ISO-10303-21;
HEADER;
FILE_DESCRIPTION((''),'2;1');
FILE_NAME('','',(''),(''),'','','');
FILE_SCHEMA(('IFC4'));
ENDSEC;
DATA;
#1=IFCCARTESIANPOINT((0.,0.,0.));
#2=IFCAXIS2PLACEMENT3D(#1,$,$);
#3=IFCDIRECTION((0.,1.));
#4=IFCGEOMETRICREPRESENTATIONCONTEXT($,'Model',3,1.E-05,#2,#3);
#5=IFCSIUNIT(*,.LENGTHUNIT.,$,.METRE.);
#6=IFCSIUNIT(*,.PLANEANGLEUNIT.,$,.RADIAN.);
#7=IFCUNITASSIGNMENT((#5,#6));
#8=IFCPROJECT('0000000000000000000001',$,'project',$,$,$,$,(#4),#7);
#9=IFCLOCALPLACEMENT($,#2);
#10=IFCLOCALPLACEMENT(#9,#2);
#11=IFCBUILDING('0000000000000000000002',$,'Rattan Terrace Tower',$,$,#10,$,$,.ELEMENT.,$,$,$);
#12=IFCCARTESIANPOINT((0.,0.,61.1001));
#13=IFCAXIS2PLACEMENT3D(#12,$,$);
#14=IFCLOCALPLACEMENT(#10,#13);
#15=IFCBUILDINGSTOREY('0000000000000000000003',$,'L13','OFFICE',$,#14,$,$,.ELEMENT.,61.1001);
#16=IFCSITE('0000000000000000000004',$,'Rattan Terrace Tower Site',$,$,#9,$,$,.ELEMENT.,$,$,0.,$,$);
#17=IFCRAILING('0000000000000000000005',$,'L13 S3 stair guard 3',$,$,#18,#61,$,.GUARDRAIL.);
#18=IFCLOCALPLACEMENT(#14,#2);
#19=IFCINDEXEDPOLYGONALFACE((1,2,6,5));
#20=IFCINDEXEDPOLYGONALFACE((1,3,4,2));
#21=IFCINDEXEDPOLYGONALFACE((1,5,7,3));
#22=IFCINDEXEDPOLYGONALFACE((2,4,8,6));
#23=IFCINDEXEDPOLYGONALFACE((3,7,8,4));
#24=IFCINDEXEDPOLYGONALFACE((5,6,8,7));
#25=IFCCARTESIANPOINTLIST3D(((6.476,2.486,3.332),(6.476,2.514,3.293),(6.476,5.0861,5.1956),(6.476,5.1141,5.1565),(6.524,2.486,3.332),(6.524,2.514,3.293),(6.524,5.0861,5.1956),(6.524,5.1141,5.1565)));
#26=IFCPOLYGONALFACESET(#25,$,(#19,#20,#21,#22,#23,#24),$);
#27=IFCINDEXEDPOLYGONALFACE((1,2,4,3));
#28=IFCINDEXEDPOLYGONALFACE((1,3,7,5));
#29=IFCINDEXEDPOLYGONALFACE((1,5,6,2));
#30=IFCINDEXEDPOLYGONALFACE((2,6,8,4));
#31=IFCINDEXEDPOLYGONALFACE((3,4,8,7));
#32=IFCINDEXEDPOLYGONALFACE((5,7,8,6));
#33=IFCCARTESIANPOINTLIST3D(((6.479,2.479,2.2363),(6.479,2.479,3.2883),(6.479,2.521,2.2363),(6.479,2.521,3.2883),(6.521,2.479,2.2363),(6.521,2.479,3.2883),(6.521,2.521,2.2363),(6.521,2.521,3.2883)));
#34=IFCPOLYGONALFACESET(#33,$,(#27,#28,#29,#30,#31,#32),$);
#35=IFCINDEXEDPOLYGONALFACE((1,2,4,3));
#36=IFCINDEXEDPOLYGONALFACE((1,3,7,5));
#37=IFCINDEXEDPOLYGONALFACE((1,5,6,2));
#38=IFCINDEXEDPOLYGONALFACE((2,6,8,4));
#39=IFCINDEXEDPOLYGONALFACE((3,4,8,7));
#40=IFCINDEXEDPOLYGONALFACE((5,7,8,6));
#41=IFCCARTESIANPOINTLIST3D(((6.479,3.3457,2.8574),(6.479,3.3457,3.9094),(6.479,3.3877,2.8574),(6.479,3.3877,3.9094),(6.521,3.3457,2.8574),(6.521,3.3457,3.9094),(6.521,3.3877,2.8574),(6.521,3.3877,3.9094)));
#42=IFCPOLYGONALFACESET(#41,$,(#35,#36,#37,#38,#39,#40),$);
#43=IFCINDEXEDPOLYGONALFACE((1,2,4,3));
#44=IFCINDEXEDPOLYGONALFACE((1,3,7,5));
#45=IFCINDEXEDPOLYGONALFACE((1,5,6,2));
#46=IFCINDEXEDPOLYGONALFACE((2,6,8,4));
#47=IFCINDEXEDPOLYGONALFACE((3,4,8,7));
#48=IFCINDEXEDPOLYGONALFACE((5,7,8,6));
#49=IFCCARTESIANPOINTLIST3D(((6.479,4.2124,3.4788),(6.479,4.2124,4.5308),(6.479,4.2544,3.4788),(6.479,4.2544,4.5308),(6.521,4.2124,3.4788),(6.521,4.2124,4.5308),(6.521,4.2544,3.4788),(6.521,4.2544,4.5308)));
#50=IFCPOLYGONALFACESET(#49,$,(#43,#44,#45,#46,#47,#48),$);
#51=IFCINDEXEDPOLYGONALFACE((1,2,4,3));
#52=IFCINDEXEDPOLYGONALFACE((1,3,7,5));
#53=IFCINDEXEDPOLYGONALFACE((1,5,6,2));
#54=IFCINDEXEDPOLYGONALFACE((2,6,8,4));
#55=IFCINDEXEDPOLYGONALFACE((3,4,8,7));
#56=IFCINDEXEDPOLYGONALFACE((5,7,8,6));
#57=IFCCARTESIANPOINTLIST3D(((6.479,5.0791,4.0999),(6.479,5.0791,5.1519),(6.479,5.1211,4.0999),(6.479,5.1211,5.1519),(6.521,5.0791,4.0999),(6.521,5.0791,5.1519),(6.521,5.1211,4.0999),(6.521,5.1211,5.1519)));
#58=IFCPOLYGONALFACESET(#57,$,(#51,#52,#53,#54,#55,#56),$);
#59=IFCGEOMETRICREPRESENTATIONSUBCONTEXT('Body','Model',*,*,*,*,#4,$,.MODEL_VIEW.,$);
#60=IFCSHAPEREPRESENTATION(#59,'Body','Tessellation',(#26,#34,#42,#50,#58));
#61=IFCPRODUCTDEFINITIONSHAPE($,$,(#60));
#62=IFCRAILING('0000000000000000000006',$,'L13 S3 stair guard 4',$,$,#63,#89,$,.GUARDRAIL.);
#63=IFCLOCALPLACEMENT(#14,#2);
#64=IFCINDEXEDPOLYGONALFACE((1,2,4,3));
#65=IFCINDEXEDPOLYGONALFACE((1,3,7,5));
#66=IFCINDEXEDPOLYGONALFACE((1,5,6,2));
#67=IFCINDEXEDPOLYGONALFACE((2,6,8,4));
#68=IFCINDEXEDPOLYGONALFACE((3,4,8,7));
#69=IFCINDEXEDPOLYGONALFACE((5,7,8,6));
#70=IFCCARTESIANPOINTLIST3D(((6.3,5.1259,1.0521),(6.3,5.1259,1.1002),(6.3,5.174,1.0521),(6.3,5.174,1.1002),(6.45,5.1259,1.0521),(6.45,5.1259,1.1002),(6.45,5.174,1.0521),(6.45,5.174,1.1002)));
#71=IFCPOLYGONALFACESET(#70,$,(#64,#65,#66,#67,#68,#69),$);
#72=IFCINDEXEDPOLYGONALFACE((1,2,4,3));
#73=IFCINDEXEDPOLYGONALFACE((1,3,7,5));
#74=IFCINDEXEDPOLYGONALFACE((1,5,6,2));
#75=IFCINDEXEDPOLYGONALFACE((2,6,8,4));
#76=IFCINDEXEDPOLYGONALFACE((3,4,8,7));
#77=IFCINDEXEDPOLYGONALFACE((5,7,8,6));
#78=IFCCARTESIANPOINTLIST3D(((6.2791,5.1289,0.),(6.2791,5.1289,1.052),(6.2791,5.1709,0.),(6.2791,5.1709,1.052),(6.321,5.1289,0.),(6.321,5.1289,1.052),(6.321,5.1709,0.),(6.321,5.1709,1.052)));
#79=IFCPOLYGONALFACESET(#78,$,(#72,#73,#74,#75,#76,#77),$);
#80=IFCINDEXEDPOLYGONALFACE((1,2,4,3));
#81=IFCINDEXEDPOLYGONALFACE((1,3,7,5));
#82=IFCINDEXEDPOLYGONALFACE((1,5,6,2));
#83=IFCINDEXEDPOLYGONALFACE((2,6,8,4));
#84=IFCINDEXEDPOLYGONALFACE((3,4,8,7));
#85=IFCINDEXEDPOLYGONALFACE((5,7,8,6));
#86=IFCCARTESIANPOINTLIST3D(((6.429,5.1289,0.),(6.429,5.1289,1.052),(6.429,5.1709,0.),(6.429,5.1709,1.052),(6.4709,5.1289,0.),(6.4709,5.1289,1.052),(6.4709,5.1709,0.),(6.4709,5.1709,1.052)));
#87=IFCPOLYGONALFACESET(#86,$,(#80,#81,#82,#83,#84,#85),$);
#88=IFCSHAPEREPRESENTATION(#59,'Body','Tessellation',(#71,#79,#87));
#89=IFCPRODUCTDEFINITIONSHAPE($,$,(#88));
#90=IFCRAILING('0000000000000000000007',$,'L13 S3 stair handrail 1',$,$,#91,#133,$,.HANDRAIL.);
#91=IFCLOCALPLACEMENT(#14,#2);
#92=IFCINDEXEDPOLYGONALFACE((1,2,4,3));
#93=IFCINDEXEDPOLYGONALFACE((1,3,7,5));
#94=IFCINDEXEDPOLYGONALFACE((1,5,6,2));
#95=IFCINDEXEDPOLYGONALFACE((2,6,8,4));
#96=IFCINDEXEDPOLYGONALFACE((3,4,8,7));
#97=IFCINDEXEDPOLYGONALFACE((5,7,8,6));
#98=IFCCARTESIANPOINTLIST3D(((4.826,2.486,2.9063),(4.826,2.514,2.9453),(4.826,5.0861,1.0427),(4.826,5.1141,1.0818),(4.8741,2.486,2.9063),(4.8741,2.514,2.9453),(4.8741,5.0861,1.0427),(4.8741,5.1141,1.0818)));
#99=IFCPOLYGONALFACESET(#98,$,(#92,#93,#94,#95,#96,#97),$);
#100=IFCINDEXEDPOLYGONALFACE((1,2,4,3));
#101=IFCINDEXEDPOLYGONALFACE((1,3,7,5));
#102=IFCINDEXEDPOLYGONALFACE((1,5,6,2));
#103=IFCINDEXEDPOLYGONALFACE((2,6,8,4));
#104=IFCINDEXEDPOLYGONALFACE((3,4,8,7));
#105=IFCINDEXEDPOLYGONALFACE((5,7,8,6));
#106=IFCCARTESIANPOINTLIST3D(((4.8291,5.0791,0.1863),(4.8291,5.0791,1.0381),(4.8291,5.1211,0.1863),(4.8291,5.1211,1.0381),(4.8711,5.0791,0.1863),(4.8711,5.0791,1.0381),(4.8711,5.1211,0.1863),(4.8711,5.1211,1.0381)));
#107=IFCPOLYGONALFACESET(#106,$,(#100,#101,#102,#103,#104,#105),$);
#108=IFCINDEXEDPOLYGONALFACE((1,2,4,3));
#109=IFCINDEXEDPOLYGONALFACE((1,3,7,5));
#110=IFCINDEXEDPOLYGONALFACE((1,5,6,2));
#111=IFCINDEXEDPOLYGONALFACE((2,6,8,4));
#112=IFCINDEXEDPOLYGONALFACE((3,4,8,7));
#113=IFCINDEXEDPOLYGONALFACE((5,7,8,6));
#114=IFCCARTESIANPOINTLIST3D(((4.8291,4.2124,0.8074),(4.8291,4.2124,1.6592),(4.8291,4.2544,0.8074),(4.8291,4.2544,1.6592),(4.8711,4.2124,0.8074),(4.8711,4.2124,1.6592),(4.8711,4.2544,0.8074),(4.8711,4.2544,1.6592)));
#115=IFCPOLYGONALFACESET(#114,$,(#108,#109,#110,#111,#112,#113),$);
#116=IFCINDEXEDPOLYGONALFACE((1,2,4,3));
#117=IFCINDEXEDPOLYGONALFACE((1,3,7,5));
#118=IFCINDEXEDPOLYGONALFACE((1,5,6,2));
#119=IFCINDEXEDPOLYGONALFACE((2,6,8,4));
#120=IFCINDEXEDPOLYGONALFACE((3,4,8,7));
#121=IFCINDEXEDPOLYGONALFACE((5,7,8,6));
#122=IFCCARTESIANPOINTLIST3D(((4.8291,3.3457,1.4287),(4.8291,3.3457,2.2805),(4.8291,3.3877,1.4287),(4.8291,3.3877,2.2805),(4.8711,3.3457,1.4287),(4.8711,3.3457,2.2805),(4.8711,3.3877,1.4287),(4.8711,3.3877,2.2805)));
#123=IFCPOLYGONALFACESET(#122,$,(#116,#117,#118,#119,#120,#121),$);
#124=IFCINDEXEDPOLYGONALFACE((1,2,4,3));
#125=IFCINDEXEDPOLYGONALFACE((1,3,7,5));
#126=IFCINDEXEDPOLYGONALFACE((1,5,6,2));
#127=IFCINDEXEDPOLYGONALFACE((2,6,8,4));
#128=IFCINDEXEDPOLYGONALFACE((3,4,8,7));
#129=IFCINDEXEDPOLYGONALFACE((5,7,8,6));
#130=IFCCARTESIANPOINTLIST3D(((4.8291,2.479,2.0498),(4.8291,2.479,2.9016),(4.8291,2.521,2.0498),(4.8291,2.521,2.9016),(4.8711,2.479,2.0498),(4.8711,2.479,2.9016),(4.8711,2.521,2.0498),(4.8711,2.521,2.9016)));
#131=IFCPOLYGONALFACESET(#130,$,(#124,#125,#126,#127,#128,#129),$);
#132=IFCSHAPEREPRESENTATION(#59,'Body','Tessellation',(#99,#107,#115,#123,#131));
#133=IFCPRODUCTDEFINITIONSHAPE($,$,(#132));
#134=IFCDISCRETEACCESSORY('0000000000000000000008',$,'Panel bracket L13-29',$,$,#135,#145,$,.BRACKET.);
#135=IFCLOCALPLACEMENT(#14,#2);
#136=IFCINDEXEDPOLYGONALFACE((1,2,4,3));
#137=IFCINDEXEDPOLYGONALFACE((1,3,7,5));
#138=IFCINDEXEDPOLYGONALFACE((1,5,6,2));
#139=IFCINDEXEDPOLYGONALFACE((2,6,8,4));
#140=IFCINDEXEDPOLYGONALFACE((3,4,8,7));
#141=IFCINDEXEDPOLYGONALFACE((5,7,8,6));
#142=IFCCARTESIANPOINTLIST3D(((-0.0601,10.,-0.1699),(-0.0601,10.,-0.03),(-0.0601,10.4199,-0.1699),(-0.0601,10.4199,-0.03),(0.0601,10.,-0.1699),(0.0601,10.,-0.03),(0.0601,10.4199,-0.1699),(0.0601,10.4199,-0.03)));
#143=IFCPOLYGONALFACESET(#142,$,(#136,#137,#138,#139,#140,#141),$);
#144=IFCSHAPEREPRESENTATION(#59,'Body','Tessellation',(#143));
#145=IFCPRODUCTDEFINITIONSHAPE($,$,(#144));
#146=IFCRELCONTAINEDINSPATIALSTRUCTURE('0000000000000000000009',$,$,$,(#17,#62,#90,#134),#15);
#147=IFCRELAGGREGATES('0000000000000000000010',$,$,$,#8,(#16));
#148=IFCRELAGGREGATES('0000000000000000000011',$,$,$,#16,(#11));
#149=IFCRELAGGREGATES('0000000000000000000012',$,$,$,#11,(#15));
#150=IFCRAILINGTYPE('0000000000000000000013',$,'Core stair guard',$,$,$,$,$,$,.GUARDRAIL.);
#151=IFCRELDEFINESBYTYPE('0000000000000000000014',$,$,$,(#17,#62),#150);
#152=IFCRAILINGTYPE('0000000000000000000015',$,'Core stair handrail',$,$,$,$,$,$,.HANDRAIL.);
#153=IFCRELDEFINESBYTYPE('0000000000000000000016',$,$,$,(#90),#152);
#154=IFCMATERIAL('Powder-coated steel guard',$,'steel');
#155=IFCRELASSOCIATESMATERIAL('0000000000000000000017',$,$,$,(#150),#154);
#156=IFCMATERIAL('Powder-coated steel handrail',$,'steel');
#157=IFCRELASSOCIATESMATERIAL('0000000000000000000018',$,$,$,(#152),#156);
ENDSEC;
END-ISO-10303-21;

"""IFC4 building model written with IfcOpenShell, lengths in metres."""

from ifc_helpers import new_model, si_unit, direction, frame, origin, origin_2d, place, context, subcontext, project, spatial, rectangle, extrude, material, type_object, element, save


model = new_model("IFC4")

# Units and contexts
model_context = context("Model", 3, precision=1e-05, world=origin(), true_north=direction((0.0, 1.0)))
body_context = subcontext(model_context, "Body", "Model", "MODEL_VIEW")
ifc_project = project(units=[si_unit("LENGTHUNIT", "METRE"), si_unit("PLANEANGLEUNIT", "RADIAN")], contexts=[model_context])

# Site, building, storey
site_placement = place(None, origin())
site = spatial("IfcSite", under=ifc_project, at=site_placement, Name="Rattan Terrace Tower Site", CompositionType="ELEMENT", RefElevation=0.0)
building_placement = place(site_placement, origin())
building = spatial("IfcBuilding", under=site, at=building_placement, Name="Rattan Terrace Tower", CompositionType="ELEMENT")
storey_placement = place(building_placement, frame((0.0, 0.0, 61.1001)))
storey = spatial("IfcBuildingStorey", under=building, at=storey_placement, Name="L13", Description="OFFICE", CompositionType="ELEMENT", Elevation=61.1001)

# Railings
ifc_material_1 = material(Name="Powder-coated steel guard", Category="steel")
railing_type_1 = type_object("IfcRailingType", Name="Core stair guard", PredefinedType="GUARDRAIL", material=ifc_material_1)
railing_1_placement = place(storey_placement, frame((6.5, 2.5, 2.2363)))
element("IfcRailing", 1, at=railing_1_placement, inside=storey, type_object=railing_type_1, Name="L13 S3 stair guard 3", PredefinedType="GUARDRAIL", context=body_context, shape_type="SweptSolid", body=[
    extrude(rectangle(XDim=0.0481, YDim=0.0481, at=origin_2d()), frame((0.0, 0.0, 1.0762), z_axis=(0.0, 0.812799, 0.582544), x_axis=(-1.0, 0.0, 0.0)), (0.0, 0.0, 1.0), 3.199),
    extrude(rectangle(XDim=0.042, YDim=0.042, at=origin_2d()), origin(), (0.0, 0.0, 1.0), 1.052),
    extrude(rectangle(XDim=0.042, YDim=0.042, at=origin_2d()), frame((0.0, 0.8667, 0.6211)), (0.0, 0.0, 1.0), 1.052),
    extrude(rectangle(XDim=0.042, YDim=0.042, at=origin_2d()), frame((0.0, 1.7334, 1.2424)), (0.0, 0.0, 1.0), 1.052),
    extrude(rectangle(XDim=0.042, YDim=0.042, at=origin_2d()), frame((0.0, 2.6001, 1.8635)), (0.0, 0.0, 1.0), 1.052),
])
railing_2_placement = place(storey_placement, frame((6.3, 5.1499, 0.0)))
element("IfcRailing", 2, at=railing_2_placement, inside=storey, type_object=railing_type_1, Name="L13 S3 stair guard 4", PredefinedType="GUARDRAIL", context=body_context, shape_type="SweptSolid", body=[
    extrude(rectangle(XDim=0.0481, YDim=0.0481, at=origin_2d()), frame((0.0, 0.0, 1.0762), z_axis=(1.0, 0.0, 0.0), x_axis=(0.0, 1.0, 0.0)), (0.0, 0.0, 1.0), 0.1499),
    extrude(rectangle(XDim=0.042, YDim=0.042, at=origin_2d()), origin(), (0.0, 0.0, 1.0), 1.052),
    extrude(rectangle(XDim=0.042, YDim=0.042, at=origin_2d()), frame((0.1499, 0.0, 0.0)), (0.0, 0.0, 1.0), 1.052),
])
ifc_material_2 = material(Name="Powder-coated steel handrail", Category="steel")
railing_type_2 = type_object("IfcRailingType", Name="Core stair handrail", PredefinedType="HANDRAIL", material=ifc_material_2)
railing_3_placement = place(storey_placement, frame((4.8501, 5.1001, 0.1863)))
element("IfcRailing", 3, at=railing_3_placement, inside=storey, type_object=railing_type_2, Name="L13 S3 stair handrail 1", PredefinedType="HANDRAIL", context=body_context, shape_type="SweptSolid", body=[
    extrude(rectangle(XDim=0.0481, YDim=0.0481, at=origin_2d()), frame((0.0, 0.0, 0.876), z_axis=(0.0, -0.812799, 0.582544), x_axis=(1.0, 0.0, 0.0)), (0.0, 0.0, 1.0), 3.199),
    extrude(rectangle(XDim=0.042, YDim=0.042, at=origin_2d()), origin(), (0.0, 0.0, 1.0), 0.8518),
    extrude(rectangle(XDim=0.042, YDim=0.042, at=origin_2d()), frame((0.0, -0.8667, 0.6211)), (0.0, 0.0, 1.0), 0.8518),
    extrude(rectangle(XDim=0.042, YDim=0.042, at=origin_2d()), frame((0.0, -1.7334, 1.2424)), (0.0, 0.0, 1.0), 0.8518),
    extrude(rectangle(XDim=0.042, YDim=0.042, at=origin_2d()), frame((0.0, -2.6001, 1.8635)), (0.0, 0.0, 1.0), 0.8518),
])

# Discrete accessory
discrete_accessory_placement = place(storey_placement, frame((0.0, 10.21, -0.1699), z_axis=(0.0, 0.0, 1.0), x_axis=(-1.0, 0.0, 0.0)))
element("IfcDiscreteAccessory", 4, at=discrete_accessory_placement, inside=storey, Name="Panel bracket L13-29", PredefinedType="BRACKET", context=body_context, shape_type="SweptSolid", body=[
    extrude(rectangle(XDim=0.1201, YDim=0.4199, at=origin_2d()), origin(), (0.0, 0.0, 1.0), 0.1399),
])

save(model, "model.ifc")
